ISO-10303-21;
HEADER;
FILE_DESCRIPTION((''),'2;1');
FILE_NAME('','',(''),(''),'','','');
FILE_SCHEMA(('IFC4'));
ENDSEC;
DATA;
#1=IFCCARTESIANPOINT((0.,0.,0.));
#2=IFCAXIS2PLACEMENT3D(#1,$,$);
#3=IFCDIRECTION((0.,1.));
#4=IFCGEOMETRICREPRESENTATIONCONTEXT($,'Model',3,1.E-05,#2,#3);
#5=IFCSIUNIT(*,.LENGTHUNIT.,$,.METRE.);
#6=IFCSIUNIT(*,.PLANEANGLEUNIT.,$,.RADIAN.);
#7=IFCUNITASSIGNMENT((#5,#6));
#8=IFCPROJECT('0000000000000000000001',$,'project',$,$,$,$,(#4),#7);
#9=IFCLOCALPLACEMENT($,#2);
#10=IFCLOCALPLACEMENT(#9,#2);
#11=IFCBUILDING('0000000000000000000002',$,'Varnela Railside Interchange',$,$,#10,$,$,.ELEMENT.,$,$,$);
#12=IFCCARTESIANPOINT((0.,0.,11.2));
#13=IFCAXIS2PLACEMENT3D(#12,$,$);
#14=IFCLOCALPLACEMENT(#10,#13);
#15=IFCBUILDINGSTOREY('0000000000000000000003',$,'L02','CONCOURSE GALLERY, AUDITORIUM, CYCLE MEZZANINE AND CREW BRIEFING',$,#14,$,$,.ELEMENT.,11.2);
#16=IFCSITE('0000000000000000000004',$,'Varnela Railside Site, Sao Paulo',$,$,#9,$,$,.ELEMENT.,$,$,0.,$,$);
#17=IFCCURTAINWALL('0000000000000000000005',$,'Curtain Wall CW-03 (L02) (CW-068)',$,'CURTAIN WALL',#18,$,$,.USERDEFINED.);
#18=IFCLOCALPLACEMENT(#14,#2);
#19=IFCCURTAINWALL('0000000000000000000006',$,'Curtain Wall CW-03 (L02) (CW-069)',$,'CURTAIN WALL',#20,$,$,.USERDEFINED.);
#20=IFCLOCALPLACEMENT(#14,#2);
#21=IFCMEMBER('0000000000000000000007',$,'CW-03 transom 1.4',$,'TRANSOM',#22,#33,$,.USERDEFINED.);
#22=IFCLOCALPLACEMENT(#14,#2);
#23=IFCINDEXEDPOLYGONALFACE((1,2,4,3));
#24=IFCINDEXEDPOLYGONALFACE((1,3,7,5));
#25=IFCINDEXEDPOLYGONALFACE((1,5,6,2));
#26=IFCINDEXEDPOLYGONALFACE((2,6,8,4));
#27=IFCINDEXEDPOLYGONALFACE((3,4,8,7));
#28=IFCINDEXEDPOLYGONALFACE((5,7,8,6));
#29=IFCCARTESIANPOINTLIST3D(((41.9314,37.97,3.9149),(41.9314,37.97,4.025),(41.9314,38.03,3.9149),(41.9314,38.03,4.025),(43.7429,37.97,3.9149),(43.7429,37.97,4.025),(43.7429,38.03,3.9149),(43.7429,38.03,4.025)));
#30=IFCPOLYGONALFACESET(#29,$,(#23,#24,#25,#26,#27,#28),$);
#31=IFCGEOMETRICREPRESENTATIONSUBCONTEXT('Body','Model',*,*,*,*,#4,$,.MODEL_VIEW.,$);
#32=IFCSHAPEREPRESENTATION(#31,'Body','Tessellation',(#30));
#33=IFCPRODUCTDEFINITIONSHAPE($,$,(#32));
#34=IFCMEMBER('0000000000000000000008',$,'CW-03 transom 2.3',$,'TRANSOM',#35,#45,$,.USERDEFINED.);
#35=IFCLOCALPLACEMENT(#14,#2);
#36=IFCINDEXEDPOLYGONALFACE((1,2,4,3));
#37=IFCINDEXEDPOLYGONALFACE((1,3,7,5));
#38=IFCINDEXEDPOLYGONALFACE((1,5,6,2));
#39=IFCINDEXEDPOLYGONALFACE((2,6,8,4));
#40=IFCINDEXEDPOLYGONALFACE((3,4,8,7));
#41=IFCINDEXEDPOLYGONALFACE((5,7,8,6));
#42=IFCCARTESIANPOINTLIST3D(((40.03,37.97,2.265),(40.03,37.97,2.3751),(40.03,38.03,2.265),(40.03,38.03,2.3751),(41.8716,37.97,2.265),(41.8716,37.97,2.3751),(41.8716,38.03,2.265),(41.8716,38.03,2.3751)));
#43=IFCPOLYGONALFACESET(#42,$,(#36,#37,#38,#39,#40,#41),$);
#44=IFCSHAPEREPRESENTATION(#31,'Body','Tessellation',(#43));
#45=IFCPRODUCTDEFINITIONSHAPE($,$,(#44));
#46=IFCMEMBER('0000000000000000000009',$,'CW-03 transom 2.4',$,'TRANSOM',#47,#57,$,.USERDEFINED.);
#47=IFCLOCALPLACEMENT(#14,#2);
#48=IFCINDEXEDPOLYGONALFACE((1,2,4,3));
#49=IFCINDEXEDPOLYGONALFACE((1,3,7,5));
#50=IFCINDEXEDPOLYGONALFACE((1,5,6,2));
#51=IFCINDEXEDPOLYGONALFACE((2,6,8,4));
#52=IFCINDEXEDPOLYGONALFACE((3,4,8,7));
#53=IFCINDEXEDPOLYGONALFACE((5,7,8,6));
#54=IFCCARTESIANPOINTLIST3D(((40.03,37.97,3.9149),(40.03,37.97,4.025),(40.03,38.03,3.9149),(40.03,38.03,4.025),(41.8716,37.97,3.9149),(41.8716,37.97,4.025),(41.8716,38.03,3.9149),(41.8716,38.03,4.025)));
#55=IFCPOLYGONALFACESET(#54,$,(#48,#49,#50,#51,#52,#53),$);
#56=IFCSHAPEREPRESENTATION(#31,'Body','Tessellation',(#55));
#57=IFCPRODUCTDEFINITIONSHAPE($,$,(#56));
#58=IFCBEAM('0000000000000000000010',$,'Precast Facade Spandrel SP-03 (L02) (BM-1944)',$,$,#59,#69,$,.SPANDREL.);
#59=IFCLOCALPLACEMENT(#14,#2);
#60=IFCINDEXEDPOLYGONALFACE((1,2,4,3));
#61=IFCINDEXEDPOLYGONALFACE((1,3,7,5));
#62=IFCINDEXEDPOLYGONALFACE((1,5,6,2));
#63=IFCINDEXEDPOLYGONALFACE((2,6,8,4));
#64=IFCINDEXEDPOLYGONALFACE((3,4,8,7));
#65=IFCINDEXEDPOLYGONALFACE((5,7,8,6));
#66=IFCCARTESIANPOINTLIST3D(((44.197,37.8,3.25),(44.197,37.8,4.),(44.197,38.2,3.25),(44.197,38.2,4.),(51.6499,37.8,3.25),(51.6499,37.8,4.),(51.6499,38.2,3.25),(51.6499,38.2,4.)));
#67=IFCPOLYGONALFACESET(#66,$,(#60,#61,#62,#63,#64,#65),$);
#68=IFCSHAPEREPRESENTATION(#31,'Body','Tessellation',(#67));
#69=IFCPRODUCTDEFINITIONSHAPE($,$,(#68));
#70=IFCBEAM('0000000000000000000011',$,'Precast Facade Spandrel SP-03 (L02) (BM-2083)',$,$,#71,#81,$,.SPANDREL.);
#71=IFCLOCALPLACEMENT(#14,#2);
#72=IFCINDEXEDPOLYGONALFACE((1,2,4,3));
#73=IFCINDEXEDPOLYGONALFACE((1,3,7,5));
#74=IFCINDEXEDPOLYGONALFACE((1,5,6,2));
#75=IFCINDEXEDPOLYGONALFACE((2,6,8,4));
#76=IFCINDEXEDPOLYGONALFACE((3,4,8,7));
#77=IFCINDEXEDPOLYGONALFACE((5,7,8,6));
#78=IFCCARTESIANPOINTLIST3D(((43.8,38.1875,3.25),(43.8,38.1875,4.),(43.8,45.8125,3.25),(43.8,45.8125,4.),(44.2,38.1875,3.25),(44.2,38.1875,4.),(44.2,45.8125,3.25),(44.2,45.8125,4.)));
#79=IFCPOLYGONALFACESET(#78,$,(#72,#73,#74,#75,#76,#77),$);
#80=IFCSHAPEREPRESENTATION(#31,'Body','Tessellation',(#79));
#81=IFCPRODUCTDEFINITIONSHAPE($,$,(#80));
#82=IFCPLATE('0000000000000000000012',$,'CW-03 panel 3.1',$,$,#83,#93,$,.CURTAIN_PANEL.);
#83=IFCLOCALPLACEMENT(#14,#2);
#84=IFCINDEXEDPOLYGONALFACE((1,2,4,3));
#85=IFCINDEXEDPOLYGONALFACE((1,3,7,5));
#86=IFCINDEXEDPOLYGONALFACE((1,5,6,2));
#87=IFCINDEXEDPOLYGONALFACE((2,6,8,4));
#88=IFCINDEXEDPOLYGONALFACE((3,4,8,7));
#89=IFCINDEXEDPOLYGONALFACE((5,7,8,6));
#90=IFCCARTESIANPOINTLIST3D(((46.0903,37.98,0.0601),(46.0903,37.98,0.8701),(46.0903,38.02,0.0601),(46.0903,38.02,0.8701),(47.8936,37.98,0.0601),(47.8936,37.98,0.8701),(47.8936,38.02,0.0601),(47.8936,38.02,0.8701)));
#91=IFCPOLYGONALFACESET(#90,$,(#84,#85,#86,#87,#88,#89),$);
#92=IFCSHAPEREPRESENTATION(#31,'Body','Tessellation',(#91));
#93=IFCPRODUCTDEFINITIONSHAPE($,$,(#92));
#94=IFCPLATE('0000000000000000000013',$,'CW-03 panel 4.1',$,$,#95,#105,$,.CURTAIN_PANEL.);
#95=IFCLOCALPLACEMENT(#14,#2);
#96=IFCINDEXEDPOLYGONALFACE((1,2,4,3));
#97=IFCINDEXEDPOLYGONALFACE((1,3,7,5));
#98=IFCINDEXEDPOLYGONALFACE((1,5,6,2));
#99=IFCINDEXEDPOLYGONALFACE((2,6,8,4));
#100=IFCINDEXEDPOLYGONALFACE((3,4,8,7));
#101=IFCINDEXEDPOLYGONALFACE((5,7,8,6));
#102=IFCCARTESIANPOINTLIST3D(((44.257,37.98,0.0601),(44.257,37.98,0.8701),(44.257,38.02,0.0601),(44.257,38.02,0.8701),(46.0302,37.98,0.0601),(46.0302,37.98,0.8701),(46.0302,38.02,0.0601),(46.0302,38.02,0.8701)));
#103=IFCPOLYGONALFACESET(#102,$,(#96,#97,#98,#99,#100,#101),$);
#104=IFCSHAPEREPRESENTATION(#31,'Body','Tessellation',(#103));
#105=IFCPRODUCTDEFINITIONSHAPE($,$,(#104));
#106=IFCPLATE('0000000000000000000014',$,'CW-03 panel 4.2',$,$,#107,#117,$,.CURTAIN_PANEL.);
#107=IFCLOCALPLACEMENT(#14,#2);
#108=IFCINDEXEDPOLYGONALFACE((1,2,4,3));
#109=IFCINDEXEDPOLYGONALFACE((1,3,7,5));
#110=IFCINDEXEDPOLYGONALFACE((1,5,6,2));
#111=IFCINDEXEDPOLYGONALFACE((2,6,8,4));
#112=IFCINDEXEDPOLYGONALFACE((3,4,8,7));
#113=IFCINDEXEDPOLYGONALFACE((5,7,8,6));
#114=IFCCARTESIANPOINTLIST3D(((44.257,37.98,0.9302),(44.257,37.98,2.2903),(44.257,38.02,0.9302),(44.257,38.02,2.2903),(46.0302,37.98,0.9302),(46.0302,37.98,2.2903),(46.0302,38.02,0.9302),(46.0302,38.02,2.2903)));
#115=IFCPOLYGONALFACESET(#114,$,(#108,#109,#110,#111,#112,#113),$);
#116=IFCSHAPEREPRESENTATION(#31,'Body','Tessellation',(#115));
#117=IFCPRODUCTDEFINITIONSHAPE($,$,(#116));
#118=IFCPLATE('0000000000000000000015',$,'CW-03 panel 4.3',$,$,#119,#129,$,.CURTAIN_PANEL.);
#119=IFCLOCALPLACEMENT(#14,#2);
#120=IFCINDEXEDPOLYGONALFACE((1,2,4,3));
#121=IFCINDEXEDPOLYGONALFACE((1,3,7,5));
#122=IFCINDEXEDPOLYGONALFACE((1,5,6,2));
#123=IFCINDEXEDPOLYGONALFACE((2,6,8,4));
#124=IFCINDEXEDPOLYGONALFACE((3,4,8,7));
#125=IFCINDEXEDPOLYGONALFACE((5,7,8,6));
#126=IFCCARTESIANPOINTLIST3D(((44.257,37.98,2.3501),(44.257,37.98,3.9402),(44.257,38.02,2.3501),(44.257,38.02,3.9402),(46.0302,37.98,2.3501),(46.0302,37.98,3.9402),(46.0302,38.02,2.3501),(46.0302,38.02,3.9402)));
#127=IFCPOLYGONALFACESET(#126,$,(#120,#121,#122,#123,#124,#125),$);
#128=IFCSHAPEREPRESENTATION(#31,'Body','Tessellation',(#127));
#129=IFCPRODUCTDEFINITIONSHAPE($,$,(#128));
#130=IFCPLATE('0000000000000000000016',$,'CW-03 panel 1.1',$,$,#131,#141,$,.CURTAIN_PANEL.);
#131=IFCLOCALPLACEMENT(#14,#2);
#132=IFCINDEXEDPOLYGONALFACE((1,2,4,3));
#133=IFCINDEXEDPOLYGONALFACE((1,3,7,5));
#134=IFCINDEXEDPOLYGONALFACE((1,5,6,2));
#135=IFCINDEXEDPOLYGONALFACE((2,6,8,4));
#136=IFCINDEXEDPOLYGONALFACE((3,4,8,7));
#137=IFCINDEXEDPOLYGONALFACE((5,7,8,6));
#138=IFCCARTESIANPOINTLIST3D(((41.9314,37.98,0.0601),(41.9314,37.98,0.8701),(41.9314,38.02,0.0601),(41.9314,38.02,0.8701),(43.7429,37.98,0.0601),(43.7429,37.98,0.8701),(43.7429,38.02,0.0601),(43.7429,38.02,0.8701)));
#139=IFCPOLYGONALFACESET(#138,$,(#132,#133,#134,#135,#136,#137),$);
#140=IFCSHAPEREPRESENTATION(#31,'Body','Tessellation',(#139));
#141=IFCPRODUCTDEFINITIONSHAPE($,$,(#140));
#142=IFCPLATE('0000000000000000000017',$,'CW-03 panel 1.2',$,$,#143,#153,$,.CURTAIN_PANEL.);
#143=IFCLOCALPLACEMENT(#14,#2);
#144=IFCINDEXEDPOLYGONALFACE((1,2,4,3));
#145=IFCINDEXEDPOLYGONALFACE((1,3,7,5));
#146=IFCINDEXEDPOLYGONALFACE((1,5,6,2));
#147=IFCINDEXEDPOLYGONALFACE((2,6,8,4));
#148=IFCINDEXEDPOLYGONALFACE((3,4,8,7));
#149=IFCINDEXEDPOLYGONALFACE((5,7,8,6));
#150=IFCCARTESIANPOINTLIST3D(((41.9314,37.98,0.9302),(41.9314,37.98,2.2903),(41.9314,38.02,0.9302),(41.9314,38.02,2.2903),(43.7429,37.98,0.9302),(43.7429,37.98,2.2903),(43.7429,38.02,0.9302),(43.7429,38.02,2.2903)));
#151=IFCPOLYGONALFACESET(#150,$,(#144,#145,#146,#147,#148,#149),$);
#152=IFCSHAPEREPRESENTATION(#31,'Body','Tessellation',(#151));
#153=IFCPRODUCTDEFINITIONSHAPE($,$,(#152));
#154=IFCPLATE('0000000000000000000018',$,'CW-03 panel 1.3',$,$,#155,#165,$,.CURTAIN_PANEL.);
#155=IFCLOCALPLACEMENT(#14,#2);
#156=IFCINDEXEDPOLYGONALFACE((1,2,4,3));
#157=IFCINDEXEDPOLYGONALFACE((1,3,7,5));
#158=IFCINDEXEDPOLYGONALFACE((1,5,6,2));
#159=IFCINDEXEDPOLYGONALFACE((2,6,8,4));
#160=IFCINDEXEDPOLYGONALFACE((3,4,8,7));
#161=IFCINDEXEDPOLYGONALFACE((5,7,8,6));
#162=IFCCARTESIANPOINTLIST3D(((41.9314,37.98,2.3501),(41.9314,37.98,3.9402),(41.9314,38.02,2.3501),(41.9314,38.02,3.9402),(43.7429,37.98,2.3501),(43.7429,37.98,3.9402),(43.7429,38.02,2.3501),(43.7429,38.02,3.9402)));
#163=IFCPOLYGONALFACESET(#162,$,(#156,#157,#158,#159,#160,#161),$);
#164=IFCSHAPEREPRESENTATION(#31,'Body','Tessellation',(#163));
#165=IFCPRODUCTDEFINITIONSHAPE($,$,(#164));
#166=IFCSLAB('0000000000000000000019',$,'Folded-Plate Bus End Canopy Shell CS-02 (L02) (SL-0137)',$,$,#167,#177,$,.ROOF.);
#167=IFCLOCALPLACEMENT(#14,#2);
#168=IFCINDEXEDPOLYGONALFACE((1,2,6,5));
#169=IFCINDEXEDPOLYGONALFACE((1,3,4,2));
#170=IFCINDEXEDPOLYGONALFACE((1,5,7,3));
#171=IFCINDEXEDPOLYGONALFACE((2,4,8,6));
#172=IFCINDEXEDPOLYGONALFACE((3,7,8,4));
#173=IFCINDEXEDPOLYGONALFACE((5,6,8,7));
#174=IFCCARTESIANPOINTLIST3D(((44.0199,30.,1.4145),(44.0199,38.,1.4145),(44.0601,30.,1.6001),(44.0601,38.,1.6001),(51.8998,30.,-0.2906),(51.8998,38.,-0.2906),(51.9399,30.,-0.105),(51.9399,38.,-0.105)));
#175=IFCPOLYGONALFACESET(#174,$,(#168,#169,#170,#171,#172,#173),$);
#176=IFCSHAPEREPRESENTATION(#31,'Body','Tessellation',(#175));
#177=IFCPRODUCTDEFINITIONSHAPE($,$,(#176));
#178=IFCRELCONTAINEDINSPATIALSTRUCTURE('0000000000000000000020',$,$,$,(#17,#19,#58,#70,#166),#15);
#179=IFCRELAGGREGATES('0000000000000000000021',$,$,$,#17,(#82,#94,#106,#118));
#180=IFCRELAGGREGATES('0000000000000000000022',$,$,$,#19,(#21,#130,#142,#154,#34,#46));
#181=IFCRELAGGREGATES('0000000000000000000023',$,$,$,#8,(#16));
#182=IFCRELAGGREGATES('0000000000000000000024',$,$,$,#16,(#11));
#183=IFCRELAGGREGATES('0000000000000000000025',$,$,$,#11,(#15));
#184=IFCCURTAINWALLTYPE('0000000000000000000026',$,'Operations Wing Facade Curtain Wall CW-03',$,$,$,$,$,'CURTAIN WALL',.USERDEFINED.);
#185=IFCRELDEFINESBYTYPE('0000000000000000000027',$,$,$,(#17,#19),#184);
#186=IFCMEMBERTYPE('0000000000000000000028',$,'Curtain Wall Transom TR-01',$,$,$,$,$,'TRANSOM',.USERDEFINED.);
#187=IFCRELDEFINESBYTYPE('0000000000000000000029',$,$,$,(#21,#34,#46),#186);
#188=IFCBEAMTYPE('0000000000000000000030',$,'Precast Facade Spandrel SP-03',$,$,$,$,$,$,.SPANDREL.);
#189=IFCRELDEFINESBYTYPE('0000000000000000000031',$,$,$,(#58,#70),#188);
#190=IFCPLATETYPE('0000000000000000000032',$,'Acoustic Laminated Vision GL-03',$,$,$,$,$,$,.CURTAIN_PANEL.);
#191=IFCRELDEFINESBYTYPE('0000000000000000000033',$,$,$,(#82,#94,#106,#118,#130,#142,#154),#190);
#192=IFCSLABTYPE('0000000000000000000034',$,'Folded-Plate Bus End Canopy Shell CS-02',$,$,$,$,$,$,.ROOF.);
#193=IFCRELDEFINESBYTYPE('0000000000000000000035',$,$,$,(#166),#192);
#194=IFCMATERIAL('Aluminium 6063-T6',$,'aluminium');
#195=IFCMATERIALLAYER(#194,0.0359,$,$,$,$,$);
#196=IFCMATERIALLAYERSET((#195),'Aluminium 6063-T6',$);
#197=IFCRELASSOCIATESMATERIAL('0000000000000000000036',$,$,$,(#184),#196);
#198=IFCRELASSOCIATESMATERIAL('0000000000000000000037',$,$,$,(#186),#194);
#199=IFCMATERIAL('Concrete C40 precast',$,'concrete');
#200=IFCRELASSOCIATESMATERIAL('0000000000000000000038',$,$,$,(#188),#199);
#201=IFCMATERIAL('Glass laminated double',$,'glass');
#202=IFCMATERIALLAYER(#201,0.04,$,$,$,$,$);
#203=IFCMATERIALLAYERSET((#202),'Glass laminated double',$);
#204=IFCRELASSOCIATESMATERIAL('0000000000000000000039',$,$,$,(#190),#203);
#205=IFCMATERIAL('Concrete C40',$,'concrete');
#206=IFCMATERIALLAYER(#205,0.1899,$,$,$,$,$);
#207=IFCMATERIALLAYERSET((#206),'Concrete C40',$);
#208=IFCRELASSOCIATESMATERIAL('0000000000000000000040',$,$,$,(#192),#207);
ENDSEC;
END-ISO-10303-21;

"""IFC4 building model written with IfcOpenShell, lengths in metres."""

from ifc_helpers import new_model, si_unit, direction, frame, origin, origin_2d, place, context, subcontext, project, spatial, polyline, rectangle, outline, extrude, material, layer, layer_set, material_profile, profile_set, type_object, element, aggregate, save


model = new_model("IFC4")

# Units and contexts
model_context = context("Model", 3, precision=1e-05, world=origin(), true_north=direction((0.0, 1.0)))
body_context = subcontext(model_context, "Body", "Model", "MODEL_VIEW")
ifc_project = project(units=[si_unit("LENGTHUNIT", "METRE"), si_unit("PLANEANGLEUNIT", "RADIAN")], contexts=[model_context])

# Site, building, storey
site_placement = place(None, origin())
site = spatial("IfcSite", under=ifc_project, at=site_placement, Name="Varnela Railside Site, Sao Paulo", CompositionType="ELEMENT", RefElevation=0.0)
building_placement = place(site_placement, origin())
building = spatial("IfcBuilding", under=site, at=building_placement, Name="Varnela Railside Interchange", CompositionType="ELEMENT")
storey_placement = place(building_placement, frame((0.0, 0.0, 11.2)))
storey = spatial("IfcBuildingStorey", under=building, at=storey_placement, Name="L02", Description="CONCOURSE GALLERY, AUDITORIUM, CYCLE MEZZANINE AND CREW BRIEFING", CompositionType="ELEMENT", Elevation=11.2)

# Curtain walls
ifc_material_1 = material(Name="Aluminium 6063-T6", Category="aluminium")
ifc_layer_1 = layer(ifc_material_1, 0.0359)
ifc_layer_set_1 = layer_set([ifc_layer_1], Name="Aluminium 6063-T6")
curtain_wall_type = type_object("IfcCurtainWallType", Name="Operations Wing Facade Curtain Wall CW-03", ElementType="CURTAIN WALL", PredefinedType="USERDEFINED", material=ifc_layer_set_1)
curtain_wall_1_placement = place(storey_placement, origin())
curtain_wall_1 = element("IfcCurtainWall", 1, at=curtain_wall_1_placement, inside=storey, type_object=curtain_wall_type, Name="Curtain Wall CW-03 (L02) (CW-068)", ObjectType="CURTAIN WALL", PredefinedType="USERDEFINED")
curtain_wall_2_placement = place(storey_placement, origin())
curtain_wall_2 = element("IfcCurtainWall", 2, at=curtain_wall_2_placement, inside=storey, type_object=curtain_wall_type, Name="Curtain Wall CW-03 (L02) (CW-069)", ObjectType="CURTAIN WALL", PredefinedType="USERDEFINED")

# Members
ifc_material_profile_1 = material_profile(ifc_material_1, rectangle(XDim=0.0601, YDim=0.1101, at=origin_2d()), Name="ALU 60x110")
ifc_profile_set_1 = profile_set([ifc_material_profile_1], Name="Aluminium 6063-T6")
member_type_1 = type_object("IfcMemberType", Name="Curtain Wall Transom TR-01", ElementType="TRANSOM", PredefinedType="USERDEFINED", material=ifc_profile_set_1)
member_1_placement = place(storey_placement, frame((43.7429, 38.0, 3.97), z_axis=(-1.0, 0.0, 0.0), x_axis=(0.0, -1.0, 0.0)))
member_1 = element("IfcMember", 3, at=member_1_placement, type_object=member_type_1, Name="CW-03 transom 1.4", ObjectType="TRANSOM", PredefinedType="USERDEFINED", context=body_context, shape_type="SweptSolid", body=[
    extrude(rectangle(XDim=0.0601, YDim=0.1101, at=origin_2d()), origin(), (0.0, 0.0, 1.0), 1.8115),
])
member_2_placement = place(storey_placement, frame((41.8716, 38.0, 2.3201), z_axis=(-1.0, 0.0, 0.0), x_axis=(0.0, -1.0, 0.0)))
member_2 = element("IfcMember", 4, at=member_2_placement, type_object=member_type_1, Name="CW-03 transom 2.3", ObjectType="TRANSOM", PredefinedType="USERDEFINED", context=body_context, shape_type="SweptSolid", body=[
    extrude(rectangle(XDim=0.0601, YDim=0.1101, at=origin_2d()), origin(), (0.0, 0.0, 1.0), 1.8416),
])
member_3_placement = place(storey_placement, frame((41.8716, 38.0, 3.97), z_axis=(-1.0, 0.0, 0.0), x_axis=(0.0, -1.0, 0.0)))
member_3 = element("IfcMember", 5, at=member_3_placement, type_object=member_type_1, Name="CW-03 transom 2.4", ObjectType="TRANSOM", PredefinedType="USERDEFINED", context=body_context, shape_type="SweptSolid", body=[
    extrude(rectangle(XDim=0.0601, YDim=0.1101, at=origin_2d()), origin(), (0.0, 0.0, 1.0), 1.8416),
])

# Beams
ifc_material_2 = material(Name="Concrete C40 precast", Category="concrete")
ifc_material_profile_2 = material_profile(ifc_material_2, rectangle(XDim=0.3999, YDim=0.75, at=origin_2d()), Name="PC 400x750")
ifc_profile_set_2 = profile_set([ifc_material_profile_2], Name="Concrete C40 precast")
beam_type_1 = type_object("IfcBeamType", Name="Precast Facade Spandrel SP-03", PredefinedType="SPANDREL", material=ifc_profile_set_2)
beam_1_placement = place(storey_placement, frame((44.197, 38.0, 3.625), z_axis=(1.0, 0.0, 0.0), x_axis=(0.0, 1.0, 0.0)))
element("IfcBeam", 6, at=beam_1_placement, inside=storey, type_object=beam_type_1, Name="Precast Facade Spandrel SP-03 (L02) (BM-1944)", PredefinedType="SPANDREL", context=body_context, shape_type="SweptSolid", body=[
    extrude(rectangle(XDim=0.3999, YDim=0.75, at=origin_2d()), origin(), (0.0, 0.0, 1.0), 7.4529),
])
beam_2_placement = place(storey_placement, frame((44.0, 38.1875, 3.625), z_axis=(0.0, 1.0, 0.0), x_axis=(-1.0, 0.0, 0.0)))
element("IfcBeam", 7, at=beam_2_placement, inside=storey, type_object=beam_type_1, Name="Precast Facade Spandrel SP-03 (L02) (BM-2083)", PredefinedType="SPANDREL", context=body_context, shape_type="SweptSolid", body=[
    extrude(rectangle(XDim=0.3999, YDim=0.75, at=origin_2d()), origin(), (0.0, 0.0, 1.0), 7.625),
])

# Plates
ifc_material_3 = material(Name="Glass laminated double", Category="glass")
ifc_layer_2 = layer(ifc_material_3, 0.04)
ifc_layer_set_2 = layer_set([ifc_layer_2], Name="Glass laminated double")
plate_type = type_object("IfcPlateType", Name="Acoustic Laminated Vision GL-03", PredefinedType="CURTAIN_PANEL", material=ifc_layer_set_2)
plate_1_placement = place(storey_placement, frame((46.9919, 38.0, 0.0601), z_axis=(0.0, 0.0, 1.0), x_axis=(-1.0, 0.0, 0.0)))
plate_1 = element("IfcPlate", 8, at=plate_1_placement, type_object=plate_type, Name="CW-03 panel 3.1", PredefinedType="CURTAIN_PANEL", context=body_context, shape_type="SweptSolid", body=[
    extrude(rectangle(XDim=1.8032, YDim=0.04, at=origin_2d()), origin(), (0.0, 0.0, 1.0), 0.8101),
])
plate_2_placement = place(storey_placement, frame((45.1436, 38.0, 0.0601), z_axis=(0.0, 0.0, 1.0), x_axis=(-1.0, 0.0, 0.0)))
plate_2 = element("IfcPlate", 9, at=plate_2_placement, type_object=plate_type, Name="CW-03 panel 4.1", PredefinedType="CURTAIN_PANEL", context=body_context, shape_type="SweptSolid", body=[
    extrude(rectangle(XDim=1.7732, YDim=0.04, at=origin_2d()), origin(), (0.0, 0.0, 1.0), 0.8101),
])
plate_3_placement = place(storey_placement, frame((45.1436, 38.0, 0.9302), z_axis=(0.0, 0.0, 1.0), x_axis=(-1.0, 0.0, 0.0)))
plate_3 = element("IfcPlate", 10, at=plate_3_placement, type_object=plate_type, Name="CW-03 panel 4.2", PredefinedType="CURTAIN_PANEL", context=body_context, shape_type="SweptSolid", body=[
    extrude(rectangle(XDim=1.7732, YDim=0.04, at=origin_2d()), origin(), (0.0, 0.0, 1.0), 1.3601),
])
plate_4_placement = place(storey_placement, frame((45.1436, 38.0, 2.3501), z_axis=(0.0, 0.0, 1.0), x_axis=(-1.0, 0.0, 0.0)))
plate_4 = element("IfcPlate", 11, at=plate_4_placement, type_object=plate_type, Name="CW-03 panel 4.3", PredefinedType="CURTAIN_PANEL", context=body_context, shape_type="SweptSolid", body=[
    extrude(rectangle(XDim=1.7732, YDim=0.04, at=origin_2d()), origin(), (0.0, 0.0, 1.0), 1.5901),
])
aggregate(curtain_wall_1, [plate_1, plate_2, plate_3, plate_4])
plate_5_placement = place(storey_placement, frame((42.8372, 38.0, 0.0601), z_axis=(0.0, 0.0, 1.0), x_axis=(-1.0, 0.0, 0.0)))
plate_5 = element("IfcPlate", 12, at=plate_5_placement, type_object=plate_type, Name="CW-03 panel 1.1", PredefinedType="CURTAIN_PANEL", context=body_context, shape_type="SweptSolid", body=[
    extrude(rectangle(XDim=1.8115, YDim=0.04, at=origin_2d()), origin(), (0.0, 0.0, 1.0), 0.8101),
])
plate_6_placement = place(storey_placement, frame((42.8372, 38.0, 0.9302), z_axis=(0.0, 0.0, 1.0), x_axis=(-1.0, 0.0, 0.0)))
plate_6 = element("IfcPlate", 13, at=plate_6_placement, type_object=plate_type, Name="CW-03 panel 1.2", PredefinedType="CURTAIN_PANEL", context=body_context, shape_type="SweptSolid", body=[
    extrude(rectangle(XDim=1.8115, YDim=0.04, at=origin_2d()), origin(), (0.0, 0.0, 1.0), 1.3601),
])
plate_7_placement = place(storey_placement, frame((42.8372, 38.0, 2.3501), z_axis=(0.0, 0.0, 1.0), x_axis=(-1.0, 0.0, 0.0)))
plate_7 = element("IfcPlate", 14, at=plate_7_placement, type_object=plate_type, Name="CW-03 panel 1.3", PredefinedType="CURTAIN_PANEL", context=body_context, shape_type="SweptSolid", body=[
    extrude(rectangle(XDim=1.8115, YDim=0.04, at=origin_2d()), origin(), (0.0, 0.0, 1.0), 1.5901),
])
aggregate(curtain_wall_2, [member_1, plate_5, plate_6, plate_7, member_2, member_3])

# Slab
ifc_material_4 = material(Name="Concrete C40", Category="concrete")
ifc_layer_3 = layer(ifc_material_4, 0.1899)
ifc_layer_set_3 = layer_set([ifc_layer_3], Name="Concrete C40")
slab_type = type_object("IfcSlabType", Name="Folded-Plate Bus End Canopy Shell CS-02", PredefinedType="ROOF", material=ifc_layer_set_3)
slab_placement = place(storey_placement, frame((44.0601, 30.0, 1.6001), z_axis=(0.211489, 0.0, 0.97738), x_axis=(0.97738, 0.0, -0.211489)))
element("IfcSlab", 15, at=slab_placement, inside=storey, type_object=slab_type, Name="Folded-Plate Bus End Canopy Shell CS-02 (L02) (SL-0137)", PredefinedType="ROOF", context=body_context, shape_type="SweptSolid", body=[
    extrude(outline(polyline([(0.0, 0.0), (8.0622, 0.0), (8.0622, 8.0), (0.0, 8.0), (0.0, 0.0)])), origin(), (0.0, 0.0, -1.0), 0.1899),
])

save(model, "model.ifc")
